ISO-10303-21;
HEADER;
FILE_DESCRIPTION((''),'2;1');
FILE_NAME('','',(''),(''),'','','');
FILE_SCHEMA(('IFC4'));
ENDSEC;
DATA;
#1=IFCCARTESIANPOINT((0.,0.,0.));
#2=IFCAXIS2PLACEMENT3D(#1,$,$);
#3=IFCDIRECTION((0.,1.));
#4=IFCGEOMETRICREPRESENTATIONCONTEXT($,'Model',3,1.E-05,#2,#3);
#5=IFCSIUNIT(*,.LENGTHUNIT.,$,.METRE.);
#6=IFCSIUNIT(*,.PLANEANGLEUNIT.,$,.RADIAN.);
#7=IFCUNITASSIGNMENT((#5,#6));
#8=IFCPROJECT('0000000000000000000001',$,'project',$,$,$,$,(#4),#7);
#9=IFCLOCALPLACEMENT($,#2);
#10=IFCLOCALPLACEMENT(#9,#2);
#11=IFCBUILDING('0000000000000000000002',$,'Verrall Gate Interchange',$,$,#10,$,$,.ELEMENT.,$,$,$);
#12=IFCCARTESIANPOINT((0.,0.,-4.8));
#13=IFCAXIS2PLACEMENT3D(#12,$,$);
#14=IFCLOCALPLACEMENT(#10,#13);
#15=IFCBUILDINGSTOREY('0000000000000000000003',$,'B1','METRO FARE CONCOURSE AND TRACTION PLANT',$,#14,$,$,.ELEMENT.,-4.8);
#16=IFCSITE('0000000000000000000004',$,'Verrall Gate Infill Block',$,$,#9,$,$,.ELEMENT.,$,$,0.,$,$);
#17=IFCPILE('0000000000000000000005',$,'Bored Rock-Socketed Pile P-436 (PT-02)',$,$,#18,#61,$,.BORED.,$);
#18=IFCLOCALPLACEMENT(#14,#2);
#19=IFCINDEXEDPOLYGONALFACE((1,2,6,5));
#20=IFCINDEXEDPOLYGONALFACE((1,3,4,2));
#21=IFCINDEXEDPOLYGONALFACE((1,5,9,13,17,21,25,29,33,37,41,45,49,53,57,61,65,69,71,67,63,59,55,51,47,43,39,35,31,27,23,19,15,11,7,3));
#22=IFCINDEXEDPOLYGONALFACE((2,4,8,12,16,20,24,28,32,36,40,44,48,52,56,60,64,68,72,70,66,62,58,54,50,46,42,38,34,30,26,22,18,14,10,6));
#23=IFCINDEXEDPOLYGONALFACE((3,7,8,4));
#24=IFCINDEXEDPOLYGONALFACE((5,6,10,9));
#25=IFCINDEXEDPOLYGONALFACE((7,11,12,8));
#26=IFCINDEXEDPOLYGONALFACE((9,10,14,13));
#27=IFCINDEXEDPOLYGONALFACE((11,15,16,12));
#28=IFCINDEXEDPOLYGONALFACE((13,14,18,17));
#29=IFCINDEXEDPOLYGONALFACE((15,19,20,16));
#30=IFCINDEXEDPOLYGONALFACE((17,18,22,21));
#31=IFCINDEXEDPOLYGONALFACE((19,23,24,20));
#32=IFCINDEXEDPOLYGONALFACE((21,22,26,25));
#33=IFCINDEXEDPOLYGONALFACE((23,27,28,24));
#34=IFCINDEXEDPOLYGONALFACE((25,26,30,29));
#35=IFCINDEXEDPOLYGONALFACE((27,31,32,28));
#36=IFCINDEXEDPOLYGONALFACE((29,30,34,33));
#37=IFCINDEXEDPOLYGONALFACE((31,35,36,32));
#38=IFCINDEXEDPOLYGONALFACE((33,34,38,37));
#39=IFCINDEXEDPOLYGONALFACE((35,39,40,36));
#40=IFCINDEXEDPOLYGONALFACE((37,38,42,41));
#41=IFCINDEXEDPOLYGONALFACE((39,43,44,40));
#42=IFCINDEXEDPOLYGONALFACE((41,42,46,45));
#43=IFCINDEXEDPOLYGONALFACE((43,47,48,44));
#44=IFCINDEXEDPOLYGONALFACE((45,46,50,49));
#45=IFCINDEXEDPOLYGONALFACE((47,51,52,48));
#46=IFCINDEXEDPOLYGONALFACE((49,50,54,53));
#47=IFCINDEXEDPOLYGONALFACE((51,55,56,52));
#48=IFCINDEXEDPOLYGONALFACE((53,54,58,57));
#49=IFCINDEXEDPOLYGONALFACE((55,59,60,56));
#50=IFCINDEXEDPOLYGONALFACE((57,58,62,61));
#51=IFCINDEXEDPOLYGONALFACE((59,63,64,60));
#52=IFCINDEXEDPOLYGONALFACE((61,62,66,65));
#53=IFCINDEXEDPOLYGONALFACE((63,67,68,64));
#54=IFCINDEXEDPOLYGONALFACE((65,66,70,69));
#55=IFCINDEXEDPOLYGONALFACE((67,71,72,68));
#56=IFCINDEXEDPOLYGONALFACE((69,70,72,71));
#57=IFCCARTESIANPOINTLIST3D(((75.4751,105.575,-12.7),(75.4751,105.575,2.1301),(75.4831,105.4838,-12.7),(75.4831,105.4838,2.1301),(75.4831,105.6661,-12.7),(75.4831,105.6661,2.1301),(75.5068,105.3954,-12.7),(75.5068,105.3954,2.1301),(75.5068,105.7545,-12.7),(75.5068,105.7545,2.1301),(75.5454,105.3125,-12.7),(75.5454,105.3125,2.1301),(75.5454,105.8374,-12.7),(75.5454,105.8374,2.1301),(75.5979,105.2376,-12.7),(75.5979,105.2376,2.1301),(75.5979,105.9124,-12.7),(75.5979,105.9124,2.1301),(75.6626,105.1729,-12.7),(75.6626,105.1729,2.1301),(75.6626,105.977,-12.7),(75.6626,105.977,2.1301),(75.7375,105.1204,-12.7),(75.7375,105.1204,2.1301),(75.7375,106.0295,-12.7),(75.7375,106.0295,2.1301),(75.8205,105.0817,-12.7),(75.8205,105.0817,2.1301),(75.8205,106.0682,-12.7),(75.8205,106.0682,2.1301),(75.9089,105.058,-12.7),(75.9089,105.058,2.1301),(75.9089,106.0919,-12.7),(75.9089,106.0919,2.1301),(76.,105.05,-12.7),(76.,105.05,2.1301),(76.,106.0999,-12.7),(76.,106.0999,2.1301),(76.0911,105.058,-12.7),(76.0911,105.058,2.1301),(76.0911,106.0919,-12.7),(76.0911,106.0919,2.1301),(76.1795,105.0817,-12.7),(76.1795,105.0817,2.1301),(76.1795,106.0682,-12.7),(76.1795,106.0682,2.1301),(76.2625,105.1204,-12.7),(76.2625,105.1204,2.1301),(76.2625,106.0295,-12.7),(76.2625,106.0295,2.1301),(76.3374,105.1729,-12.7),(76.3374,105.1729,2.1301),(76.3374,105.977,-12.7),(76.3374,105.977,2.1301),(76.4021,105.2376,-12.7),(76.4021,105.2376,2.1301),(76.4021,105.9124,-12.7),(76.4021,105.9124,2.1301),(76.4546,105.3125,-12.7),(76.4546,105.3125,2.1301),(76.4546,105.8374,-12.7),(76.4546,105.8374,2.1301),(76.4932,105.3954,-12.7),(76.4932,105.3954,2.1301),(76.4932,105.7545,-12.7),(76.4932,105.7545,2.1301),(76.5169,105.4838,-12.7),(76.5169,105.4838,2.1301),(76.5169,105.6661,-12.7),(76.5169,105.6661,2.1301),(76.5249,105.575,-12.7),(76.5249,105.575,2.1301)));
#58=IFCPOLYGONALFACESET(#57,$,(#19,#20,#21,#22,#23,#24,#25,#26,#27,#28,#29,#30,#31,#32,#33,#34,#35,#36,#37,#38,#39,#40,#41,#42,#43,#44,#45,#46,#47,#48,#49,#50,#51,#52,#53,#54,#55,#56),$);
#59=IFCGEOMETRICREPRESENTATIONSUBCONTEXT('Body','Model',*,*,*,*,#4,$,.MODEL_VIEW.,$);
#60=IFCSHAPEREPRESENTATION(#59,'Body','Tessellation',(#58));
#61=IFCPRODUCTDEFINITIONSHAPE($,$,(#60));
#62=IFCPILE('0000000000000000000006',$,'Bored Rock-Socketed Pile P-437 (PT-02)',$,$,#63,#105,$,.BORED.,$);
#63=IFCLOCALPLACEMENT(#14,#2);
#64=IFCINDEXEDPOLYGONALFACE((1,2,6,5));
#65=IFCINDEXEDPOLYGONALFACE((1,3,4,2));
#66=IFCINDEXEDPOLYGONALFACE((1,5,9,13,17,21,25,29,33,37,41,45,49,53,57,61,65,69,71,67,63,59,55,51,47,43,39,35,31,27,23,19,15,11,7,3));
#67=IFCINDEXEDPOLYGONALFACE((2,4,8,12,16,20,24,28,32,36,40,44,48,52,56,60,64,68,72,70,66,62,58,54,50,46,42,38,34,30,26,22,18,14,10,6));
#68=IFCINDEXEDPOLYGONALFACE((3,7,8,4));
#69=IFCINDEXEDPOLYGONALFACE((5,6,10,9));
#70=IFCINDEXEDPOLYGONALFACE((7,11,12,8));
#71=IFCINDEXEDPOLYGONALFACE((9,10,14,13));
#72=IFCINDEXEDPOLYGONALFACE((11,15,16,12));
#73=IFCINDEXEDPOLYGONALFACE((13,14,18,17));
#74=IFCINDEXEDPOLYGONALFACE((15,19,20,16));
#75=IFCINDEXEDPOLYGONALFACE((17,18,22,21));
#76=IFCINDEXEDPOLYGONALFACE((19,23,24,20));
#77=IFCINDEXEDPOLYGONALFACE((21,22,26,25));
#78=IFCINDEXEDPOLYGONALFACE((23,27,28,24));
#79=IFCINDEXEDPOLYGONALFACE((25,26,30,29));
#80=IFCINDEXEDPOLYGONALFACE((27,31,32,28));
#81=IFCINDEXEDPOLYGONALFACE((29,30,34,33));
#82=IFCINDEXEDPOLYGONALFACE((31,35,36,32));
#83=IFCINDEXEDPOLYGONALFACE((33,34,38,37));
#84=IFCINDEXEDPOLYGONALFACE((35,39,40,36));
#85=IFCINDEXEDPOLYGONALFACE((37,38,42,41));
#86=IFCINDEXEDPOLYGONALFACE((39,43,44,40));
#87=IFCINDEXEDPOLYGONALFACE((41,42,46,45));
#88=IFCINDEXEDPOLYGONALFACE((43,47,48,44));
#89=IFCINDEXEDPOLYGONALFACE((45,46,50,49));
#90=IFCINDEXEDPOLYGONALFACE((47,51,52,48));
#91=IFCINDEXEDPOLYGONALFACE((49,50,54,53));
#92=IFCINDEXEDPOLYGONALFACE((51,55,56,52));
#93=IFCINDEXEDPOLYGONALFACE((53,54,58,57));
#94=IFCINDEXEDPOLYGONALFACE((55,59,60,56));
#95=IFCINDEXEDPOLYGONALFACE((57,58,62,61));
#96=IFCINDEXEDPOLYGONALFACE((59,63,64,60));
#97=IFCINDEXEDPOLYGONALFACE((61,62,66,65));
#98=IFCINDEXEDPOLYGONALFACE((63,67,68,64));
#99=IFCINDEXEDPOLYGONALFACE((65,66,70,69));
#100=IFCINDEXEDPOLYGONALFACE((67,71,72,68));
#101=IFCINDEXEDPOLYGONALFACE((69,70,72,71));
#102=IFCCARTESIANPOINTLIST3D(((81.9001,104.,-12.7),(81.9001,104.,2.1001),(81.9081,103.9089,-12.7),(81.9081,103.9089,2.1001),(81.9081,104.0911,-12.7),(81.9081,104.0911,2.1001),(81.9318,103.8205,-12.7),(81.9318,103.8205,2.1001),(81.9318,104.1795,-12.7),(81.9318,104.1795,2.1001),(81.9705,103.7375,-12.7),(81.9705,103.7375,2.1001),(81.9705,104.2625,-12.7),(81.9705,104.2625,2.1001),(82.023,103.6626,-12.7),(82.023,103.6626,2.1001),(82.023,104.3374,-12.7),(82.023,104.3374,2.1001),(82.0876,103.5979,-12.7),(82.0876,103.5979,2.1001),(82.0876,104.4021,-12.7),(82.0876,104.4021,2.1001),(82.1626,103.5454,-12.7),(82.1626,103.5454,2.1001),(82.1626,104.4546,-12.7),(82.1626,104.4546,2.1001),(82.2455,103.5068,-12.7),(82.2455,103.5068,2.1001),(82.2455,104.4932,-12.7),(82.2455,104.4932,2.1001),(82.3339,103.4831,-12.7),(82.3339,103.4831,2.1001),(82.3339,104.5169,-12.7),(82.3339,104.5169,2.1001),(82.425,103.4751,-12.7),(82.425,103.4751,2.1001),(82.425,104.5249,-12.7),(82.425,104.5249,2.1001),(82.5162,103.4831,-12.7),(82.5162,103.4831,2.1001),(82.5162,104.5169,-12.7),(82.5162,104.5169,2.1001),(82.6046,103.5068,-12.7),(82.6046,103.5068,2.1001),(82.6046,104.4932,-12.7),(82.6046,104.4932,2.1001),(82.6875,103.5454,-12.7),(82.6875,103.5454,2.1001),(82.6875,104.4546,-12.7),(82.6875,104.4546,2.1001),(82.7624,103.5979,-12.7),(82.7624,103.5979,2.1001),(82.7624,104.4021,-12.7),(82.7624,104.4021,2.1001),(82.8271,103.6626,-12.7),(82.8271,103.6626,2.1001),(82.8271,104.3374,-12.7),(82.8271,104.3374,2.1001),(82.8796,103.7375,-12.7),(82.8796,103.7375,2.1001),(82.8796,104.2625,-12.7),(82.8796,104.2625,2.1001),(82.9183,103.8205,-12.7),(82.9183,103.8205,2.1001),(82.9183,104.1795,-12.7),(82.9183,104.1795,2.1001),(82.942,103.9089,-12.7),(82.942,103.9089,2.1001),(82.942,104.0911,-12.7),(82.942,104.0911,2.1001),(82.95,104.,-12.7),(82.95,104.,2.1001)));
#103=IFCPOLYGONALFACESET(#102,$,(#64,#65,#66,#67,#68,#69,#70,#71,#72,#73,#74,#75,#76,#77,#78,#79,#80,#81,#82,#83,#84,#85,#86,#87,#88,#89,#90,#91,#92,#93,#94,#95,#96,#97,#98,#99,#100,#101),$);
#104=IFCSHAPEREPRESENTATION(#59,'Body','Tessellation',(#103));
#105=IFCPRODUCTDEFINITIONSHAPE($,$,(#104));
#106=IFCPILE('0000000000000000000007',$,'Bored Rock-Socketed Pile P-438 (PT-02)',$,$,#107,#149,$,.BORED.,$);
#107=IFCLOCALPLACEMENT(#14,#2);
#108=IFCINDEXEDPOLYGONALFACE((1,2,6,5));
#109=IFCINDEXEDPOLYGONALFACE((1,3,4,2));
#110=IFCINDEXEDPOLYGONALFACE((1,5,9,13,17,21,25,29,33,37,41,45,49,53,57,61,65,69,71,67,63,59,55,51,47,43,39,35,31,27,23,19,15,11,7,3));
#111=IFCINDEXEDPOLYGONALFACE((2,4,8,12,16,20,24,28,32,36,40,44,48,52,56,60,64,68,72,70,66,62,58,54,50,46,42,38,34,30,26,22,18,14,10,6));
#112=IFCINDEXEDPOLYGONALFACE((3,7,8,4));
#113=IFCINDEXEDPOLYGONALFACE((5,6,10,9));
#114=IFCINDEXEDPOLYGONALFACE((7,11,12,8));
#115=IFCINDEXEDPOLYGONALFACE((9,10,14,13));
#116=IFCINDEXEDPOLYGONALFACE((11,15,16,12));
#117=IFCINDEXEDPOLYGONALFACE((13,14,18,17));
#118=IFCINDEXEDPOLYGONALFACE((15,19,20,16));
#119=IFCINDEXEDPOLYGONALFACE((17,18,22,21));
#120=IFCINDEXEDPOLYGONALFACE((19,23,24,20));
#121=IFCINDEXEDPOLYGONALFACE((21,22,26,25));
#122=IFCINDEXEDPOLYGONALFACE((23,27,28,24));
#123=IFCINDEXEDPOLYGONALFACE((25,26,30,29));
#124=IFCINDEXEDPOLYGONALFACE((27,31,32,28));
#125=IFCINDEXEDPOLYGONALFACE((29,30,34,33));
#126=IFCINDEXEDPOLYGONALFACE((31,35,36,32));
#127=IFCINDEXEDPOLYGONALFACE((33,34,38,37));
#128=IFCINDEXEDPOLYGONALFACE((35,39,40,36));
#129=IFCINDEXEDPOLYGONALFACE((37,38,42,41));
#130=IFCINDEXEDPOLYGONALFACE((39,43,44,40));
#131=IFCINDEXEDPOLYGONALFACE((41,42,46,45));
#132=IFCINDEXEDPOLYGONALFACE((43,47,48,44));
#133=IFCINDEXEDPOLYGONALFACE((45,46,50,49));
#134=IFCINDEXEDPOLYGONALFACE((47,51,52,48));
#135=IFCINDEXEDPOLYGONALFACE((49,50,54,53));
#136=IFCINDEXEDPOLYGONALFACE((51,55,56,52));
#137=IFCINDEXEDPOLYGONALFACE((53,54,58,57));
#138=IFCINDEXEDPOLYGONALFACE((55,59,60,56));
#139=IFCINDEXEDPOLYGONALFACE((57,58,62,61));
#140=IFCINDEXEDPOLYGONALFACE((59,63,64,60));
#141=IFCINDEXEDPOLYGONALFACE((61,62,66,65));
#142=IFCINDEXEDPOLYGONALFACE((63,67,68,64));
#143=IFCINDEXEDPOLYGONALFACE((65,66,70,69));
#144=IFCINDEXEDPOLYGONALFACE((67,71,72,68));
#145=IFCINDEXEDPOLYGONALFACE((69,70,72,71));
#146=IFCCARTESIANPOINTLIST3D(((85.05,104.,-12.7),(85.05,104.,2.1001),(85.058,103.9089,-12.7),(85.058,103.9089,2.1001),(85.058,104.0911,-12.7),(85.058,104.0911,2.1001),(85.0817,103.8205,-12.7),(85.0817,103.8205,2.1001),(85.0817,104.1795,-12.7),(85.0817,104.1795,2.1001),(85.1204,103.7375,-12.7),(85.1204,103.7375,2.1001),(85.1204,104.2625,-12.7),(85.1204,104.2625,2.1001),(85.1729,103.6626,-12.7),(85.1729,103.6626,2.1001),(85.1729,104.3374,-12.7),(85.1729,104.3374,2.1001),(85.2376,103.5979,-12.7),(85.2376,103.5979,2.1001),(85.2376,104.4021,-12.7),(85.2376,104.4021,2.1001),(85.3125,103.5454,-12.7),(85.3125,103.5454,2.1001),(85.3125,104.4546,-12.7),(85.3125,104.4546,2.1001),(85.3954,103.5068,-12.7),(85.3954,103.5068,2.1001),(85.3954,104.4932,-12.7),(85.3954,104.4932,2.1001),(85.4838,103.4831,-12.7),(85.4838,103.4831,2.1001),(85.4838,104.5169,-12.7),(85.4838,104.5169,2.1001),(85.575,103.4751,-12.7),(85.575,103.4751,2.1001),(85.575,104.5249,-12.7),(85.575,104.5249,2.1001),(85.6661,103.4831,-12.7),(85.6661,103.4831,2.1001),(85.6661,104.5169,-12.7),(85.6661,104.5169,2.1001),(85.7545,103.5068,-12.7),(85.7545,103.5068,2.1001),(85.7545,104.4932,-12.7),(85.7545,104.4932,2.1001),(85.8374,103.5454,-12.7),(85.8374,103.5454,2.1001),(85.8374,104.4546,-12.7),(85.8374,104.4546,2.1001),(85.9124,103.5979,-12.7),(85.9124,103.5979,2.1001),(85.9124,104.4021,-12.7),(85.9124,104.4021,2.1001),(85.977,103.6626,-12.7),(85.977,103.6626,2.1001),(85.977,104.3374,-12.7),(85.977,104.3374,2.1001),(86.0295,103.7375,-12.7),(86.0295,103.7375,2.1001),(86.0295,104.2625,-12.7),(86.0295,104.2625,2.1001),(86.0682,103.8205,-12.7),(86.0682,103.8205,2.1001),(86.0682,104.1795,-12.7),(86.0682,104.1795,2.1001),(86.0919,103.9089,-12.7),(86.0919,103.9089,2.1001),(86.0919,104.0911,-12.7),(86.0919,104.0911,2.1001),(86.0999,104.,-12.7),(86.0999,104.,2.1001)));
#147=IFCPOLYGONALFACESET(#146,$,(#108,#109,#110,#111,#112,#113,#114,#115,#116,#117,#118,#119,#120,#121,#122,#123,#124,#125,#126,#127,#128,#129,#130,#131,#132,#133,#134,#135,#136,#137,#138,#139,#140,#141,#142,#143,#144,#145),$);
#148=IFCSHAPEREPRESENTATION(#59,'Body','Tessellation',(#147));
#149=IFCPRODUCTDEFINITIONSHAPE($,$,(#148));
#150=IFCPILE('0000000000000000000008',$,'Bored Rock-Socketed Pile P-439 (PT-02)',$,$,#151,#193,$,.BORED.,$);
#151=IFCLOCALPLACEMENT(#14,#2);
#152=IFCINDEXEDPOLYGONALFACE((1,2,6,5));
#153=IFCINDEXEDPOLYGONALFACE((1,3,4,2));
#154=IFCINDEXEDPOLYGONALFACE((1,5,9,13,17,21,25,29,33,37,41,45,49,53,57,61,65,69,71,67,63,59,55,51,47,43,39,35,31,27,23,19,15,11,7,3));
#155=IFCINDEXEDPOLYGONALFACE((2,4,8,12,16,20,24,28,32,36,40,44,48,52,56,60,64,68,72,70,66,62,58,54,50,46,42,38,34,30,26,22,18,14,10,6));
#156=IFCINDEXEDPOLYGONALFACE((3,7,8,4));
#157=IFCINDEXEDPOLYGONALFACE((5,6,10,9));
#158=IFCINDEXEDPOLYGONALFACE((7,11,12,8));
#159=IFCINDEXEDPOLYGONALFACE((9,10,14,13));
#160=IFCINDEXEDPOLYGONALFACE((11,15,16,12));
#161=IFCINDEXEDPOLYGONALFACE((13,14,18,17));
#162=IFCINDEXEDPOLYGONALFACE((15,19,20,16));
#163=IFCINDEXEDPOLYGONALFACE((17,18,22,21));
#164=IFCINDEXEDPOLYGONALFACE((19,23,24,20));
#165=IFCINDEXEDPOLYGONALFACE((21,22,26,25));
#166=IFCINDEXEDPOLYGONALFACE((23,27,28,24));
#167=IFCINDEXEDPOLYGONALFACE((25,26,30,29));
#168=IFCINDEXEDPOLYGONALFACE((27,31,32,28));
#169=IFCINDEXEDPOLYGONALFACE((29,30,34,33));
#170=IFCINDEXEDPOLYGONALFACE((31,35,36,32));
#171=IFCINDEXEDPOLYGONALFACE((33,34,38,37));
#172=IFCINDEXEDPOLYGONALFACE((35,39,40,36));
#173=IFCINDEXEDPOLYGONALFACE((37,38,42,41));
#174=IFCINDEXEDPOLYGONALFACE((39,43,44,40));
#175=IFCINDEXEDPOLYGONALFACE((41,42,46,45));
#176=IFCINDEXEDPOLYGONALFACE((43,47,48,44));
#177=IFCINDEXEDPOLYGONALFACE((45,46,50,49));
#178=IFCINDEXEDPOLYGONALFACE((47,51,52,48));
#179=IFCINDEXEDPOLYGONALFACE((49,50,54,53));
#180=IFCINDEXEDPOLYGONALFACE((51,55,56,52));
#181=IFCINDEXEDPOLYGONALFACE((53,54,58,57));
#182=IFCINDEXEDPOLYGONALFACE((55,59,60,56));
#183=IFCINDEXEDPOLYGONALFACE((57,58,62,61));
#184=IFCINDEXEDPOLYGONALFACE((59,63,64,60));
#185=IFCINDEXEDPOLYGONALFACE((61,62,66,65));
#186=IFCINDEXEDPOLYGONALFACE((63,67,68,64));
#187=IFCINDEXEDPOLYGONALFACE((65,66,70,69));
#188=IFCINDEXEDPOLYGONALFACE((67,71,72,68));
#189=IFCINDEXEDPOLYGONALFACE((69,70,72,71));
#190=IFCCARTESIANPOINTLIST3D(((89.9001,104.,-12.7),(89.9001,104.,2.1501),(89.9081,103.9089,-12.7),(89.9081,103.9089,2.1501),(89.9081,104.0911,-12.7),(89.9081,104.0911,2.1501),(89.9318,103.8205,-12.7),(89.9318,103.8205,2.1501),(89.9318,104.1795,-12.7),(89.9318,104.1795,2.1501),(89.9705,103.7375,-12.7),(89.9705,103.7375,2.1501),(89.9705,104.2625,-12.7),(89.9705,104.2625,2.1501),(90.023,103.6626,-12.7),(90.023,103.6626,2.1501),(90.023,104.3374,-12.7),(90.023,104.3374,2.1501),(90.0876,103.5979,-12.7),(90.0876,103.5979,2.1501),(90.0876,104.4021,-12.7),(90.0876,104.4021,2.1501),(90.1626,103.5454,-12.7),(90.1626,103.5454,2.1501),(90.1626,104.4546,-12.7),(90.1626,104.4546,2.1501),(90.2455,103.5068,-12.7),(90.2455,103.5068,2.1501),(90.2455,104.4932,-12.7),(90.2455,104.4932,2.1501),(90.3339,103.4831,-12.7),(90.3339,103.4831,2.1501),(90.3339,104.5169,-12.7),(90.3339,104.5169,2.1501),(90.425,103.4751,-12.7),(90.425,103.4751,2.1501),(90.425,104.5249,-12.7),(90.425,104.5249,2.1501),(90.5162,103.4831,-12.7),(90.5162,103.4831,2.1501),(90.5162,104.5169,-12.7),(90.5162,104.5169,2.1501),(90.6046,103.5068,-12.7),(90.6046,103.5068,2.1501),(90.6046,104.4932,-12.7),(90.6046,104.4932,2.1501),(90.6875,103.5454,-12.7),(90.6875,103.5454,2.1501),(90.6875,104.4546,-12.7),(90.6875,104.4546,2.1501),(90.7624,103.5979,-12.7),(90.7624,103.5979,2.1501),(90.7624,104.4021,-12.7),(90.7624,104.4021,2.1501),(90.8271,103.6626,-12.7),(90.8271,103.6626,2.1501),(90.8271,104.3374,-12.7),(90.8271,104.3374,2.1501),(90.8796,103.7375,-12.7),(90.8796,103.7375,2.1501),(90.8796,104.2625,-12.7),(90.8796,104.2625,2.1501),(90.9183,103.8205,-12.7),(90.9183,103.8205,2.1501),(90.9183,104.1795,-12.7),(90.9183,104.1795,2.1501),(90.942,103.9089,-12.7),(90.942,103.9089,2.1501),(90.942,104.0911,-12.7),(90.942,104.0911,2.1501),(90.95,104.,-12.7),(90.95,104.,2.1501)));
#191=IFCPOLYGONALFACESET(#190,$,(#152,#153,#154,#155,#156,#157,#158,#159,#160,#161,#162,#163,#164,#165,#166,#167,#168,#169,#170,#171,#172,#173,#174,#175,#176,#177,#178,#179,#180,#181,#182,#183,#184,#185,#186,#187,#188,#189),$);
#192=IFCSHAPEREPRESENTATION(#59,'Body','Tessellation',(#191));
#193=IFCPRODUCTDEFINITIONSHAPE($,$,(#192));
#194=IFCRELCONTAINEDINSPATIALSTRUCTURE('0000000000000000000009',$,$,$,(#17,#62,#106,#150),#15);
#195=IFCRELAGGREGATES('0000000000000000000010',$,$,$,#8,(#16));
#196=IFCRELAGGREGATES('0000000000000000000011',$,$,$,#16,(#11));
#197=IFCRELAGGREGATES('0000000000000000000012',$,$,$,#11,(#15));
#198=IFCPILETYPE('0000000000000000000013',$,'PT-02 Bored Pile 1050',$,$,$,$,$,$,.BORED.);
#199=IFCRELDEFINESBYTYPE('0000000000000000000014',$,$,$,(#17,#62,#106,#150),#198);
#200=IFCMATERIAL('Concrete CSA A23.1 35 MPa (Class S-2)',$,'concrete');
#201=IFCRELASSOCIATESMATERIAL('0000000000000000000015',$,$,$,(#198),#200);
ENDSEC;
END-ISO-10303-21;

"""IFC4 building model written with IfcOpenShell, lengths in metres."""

from ifc_helpers import new_model, si_unit, direction, frame, origin, origin_2d, place, context, subcontext, project, spatial, circle, extrude, material, material_profile, profile_set, type_object, element, save


model = new_model("IFC4")

# Units and contexts
model_context = context("Model", 3, precision=1e-05, world=origin(), true_north=direction((0.0, 1.0)))
body_context = subcontext(model_context, "Body", "Model", "MODEL_VIEW")
ifc_project = project(units=[si_unit("LENGTHUNIT", "METRE"), si_unit("PLANEANGLEUNIT", "RADIAN")], contexts=[model_context])

# Site, building, storey
site_placement = place(None, origin())
site = spatial("IfcSite", under=ifc_project, at=site_placement, Name="Verrall Gate Infill Block", CompositionType="ELEMENT", RefElevation=0.0)
building_placement = place(site_placement, origin())
building = spatial("IfcBuilding", under=site, at=building_placement, Name="Verrall Gate Interchange", CompositionType="ELEMENT")
storey_placement = place(building_placement, frame((0.0, 0.0, -4.8)))
storey = spatial("IfcBuildingStorey", under=building, at=storey_placement, Name="B1", Description="METRO FARE CONCOURSE AND TRACTION PLANT", CompositionType="ELEMENT", Elevation=-4.8)

# Piles
ifc_material_1 = material(Name="Concrete CSA A23.1 35 MPa (Class S-2)", Category="concrete")
ifc_material_profile_1 = material_profile(ifc_material_1, circle(Radius=0.5249, at=origin_2d()), Name="PILE1050D")
ifc_profile_set_1 = profile_set([ifc_material_profile_1], Name="Concrete CSA A23.1 35 MPa (Class S-2)")
pile_type = type_object("IfcPileType", Name="PT-02 Bored Pile 1050", PredefinedType="BORED", material=ifc_profile_set_1)
for number, where, z_axis, x_axis, name in (
    (1, (76.0, 105.575, 2.1301), (0.0, 0.0, -1.0), (1.0, 0.0, 0.0), "Bored Rock-Socketed Pile P-436 (PT-02)"),
):
    element("IfcPile", number, at=place(storey_placement, frame(where, z_axis=z_axis, x_axis=x_axis)), inside=storey, type_object=pile_type, Name=name, PredefinedType="BORED", context=body_context, shape_type="SweptSolid", body=[
        extrude(circle(Radius=0.5249, at=origin_2d()), origin(), (0.0, 0.0, 1.0), 14.8301),
    ])
for number, where, z_axis, x_axis, name in (
    (2, (82.425, 104.0, 2.1001), (0.0, 0.0, -1.0), (1.0, 0.0, 0.0), "Bored Rock-Socketed Pile P-437 (PT-02)"),
    (3, (85.575, 104.0, 2.1001), (0.0, 0.0, -1.0), (1.0, 0.0, 0.0), "Bored Rock-Socketed Pile P-438 (PT-02)"),
):
    element("IfcPile", number, at=place(storey_placement, frame(where, z_axis=z_axis, x_axis=x_axis)), inside=storey, type_object=pile_type, Name=name, PredefinedType="BORED", context=body_context, shape_type="SweptSolid", body=[
        extrude(circle(Radius=0.5249, at=origin_2d()), origin(), (0.0, 0.0, 1.0), 14.8),
    ])
for number, where, z_axis, x_axis, name in (
    (4, (90.425, 104.0, 2.1501), (0.0, 0.0, -1.0), (1.0, 0.0, 0.0), "Bored Rock-Socketed Pile P-439 (PT-02)"),
):
    element("IfcPile", number, at=place(storey_placement, frame(where, z_axis=z_axis, x_axis=x_axis)), inside=storey, type_object=pile_type, Name=name, PredefinedType="BORED", context=body_context, shape_type="SweptSolid", body=[
        extrude(circle(Radius=0.5249, at=origin_2d()), origin(), (0.0, 0.0, 1.0), 14.8501),
    ])

save(model, "model.ifc")
